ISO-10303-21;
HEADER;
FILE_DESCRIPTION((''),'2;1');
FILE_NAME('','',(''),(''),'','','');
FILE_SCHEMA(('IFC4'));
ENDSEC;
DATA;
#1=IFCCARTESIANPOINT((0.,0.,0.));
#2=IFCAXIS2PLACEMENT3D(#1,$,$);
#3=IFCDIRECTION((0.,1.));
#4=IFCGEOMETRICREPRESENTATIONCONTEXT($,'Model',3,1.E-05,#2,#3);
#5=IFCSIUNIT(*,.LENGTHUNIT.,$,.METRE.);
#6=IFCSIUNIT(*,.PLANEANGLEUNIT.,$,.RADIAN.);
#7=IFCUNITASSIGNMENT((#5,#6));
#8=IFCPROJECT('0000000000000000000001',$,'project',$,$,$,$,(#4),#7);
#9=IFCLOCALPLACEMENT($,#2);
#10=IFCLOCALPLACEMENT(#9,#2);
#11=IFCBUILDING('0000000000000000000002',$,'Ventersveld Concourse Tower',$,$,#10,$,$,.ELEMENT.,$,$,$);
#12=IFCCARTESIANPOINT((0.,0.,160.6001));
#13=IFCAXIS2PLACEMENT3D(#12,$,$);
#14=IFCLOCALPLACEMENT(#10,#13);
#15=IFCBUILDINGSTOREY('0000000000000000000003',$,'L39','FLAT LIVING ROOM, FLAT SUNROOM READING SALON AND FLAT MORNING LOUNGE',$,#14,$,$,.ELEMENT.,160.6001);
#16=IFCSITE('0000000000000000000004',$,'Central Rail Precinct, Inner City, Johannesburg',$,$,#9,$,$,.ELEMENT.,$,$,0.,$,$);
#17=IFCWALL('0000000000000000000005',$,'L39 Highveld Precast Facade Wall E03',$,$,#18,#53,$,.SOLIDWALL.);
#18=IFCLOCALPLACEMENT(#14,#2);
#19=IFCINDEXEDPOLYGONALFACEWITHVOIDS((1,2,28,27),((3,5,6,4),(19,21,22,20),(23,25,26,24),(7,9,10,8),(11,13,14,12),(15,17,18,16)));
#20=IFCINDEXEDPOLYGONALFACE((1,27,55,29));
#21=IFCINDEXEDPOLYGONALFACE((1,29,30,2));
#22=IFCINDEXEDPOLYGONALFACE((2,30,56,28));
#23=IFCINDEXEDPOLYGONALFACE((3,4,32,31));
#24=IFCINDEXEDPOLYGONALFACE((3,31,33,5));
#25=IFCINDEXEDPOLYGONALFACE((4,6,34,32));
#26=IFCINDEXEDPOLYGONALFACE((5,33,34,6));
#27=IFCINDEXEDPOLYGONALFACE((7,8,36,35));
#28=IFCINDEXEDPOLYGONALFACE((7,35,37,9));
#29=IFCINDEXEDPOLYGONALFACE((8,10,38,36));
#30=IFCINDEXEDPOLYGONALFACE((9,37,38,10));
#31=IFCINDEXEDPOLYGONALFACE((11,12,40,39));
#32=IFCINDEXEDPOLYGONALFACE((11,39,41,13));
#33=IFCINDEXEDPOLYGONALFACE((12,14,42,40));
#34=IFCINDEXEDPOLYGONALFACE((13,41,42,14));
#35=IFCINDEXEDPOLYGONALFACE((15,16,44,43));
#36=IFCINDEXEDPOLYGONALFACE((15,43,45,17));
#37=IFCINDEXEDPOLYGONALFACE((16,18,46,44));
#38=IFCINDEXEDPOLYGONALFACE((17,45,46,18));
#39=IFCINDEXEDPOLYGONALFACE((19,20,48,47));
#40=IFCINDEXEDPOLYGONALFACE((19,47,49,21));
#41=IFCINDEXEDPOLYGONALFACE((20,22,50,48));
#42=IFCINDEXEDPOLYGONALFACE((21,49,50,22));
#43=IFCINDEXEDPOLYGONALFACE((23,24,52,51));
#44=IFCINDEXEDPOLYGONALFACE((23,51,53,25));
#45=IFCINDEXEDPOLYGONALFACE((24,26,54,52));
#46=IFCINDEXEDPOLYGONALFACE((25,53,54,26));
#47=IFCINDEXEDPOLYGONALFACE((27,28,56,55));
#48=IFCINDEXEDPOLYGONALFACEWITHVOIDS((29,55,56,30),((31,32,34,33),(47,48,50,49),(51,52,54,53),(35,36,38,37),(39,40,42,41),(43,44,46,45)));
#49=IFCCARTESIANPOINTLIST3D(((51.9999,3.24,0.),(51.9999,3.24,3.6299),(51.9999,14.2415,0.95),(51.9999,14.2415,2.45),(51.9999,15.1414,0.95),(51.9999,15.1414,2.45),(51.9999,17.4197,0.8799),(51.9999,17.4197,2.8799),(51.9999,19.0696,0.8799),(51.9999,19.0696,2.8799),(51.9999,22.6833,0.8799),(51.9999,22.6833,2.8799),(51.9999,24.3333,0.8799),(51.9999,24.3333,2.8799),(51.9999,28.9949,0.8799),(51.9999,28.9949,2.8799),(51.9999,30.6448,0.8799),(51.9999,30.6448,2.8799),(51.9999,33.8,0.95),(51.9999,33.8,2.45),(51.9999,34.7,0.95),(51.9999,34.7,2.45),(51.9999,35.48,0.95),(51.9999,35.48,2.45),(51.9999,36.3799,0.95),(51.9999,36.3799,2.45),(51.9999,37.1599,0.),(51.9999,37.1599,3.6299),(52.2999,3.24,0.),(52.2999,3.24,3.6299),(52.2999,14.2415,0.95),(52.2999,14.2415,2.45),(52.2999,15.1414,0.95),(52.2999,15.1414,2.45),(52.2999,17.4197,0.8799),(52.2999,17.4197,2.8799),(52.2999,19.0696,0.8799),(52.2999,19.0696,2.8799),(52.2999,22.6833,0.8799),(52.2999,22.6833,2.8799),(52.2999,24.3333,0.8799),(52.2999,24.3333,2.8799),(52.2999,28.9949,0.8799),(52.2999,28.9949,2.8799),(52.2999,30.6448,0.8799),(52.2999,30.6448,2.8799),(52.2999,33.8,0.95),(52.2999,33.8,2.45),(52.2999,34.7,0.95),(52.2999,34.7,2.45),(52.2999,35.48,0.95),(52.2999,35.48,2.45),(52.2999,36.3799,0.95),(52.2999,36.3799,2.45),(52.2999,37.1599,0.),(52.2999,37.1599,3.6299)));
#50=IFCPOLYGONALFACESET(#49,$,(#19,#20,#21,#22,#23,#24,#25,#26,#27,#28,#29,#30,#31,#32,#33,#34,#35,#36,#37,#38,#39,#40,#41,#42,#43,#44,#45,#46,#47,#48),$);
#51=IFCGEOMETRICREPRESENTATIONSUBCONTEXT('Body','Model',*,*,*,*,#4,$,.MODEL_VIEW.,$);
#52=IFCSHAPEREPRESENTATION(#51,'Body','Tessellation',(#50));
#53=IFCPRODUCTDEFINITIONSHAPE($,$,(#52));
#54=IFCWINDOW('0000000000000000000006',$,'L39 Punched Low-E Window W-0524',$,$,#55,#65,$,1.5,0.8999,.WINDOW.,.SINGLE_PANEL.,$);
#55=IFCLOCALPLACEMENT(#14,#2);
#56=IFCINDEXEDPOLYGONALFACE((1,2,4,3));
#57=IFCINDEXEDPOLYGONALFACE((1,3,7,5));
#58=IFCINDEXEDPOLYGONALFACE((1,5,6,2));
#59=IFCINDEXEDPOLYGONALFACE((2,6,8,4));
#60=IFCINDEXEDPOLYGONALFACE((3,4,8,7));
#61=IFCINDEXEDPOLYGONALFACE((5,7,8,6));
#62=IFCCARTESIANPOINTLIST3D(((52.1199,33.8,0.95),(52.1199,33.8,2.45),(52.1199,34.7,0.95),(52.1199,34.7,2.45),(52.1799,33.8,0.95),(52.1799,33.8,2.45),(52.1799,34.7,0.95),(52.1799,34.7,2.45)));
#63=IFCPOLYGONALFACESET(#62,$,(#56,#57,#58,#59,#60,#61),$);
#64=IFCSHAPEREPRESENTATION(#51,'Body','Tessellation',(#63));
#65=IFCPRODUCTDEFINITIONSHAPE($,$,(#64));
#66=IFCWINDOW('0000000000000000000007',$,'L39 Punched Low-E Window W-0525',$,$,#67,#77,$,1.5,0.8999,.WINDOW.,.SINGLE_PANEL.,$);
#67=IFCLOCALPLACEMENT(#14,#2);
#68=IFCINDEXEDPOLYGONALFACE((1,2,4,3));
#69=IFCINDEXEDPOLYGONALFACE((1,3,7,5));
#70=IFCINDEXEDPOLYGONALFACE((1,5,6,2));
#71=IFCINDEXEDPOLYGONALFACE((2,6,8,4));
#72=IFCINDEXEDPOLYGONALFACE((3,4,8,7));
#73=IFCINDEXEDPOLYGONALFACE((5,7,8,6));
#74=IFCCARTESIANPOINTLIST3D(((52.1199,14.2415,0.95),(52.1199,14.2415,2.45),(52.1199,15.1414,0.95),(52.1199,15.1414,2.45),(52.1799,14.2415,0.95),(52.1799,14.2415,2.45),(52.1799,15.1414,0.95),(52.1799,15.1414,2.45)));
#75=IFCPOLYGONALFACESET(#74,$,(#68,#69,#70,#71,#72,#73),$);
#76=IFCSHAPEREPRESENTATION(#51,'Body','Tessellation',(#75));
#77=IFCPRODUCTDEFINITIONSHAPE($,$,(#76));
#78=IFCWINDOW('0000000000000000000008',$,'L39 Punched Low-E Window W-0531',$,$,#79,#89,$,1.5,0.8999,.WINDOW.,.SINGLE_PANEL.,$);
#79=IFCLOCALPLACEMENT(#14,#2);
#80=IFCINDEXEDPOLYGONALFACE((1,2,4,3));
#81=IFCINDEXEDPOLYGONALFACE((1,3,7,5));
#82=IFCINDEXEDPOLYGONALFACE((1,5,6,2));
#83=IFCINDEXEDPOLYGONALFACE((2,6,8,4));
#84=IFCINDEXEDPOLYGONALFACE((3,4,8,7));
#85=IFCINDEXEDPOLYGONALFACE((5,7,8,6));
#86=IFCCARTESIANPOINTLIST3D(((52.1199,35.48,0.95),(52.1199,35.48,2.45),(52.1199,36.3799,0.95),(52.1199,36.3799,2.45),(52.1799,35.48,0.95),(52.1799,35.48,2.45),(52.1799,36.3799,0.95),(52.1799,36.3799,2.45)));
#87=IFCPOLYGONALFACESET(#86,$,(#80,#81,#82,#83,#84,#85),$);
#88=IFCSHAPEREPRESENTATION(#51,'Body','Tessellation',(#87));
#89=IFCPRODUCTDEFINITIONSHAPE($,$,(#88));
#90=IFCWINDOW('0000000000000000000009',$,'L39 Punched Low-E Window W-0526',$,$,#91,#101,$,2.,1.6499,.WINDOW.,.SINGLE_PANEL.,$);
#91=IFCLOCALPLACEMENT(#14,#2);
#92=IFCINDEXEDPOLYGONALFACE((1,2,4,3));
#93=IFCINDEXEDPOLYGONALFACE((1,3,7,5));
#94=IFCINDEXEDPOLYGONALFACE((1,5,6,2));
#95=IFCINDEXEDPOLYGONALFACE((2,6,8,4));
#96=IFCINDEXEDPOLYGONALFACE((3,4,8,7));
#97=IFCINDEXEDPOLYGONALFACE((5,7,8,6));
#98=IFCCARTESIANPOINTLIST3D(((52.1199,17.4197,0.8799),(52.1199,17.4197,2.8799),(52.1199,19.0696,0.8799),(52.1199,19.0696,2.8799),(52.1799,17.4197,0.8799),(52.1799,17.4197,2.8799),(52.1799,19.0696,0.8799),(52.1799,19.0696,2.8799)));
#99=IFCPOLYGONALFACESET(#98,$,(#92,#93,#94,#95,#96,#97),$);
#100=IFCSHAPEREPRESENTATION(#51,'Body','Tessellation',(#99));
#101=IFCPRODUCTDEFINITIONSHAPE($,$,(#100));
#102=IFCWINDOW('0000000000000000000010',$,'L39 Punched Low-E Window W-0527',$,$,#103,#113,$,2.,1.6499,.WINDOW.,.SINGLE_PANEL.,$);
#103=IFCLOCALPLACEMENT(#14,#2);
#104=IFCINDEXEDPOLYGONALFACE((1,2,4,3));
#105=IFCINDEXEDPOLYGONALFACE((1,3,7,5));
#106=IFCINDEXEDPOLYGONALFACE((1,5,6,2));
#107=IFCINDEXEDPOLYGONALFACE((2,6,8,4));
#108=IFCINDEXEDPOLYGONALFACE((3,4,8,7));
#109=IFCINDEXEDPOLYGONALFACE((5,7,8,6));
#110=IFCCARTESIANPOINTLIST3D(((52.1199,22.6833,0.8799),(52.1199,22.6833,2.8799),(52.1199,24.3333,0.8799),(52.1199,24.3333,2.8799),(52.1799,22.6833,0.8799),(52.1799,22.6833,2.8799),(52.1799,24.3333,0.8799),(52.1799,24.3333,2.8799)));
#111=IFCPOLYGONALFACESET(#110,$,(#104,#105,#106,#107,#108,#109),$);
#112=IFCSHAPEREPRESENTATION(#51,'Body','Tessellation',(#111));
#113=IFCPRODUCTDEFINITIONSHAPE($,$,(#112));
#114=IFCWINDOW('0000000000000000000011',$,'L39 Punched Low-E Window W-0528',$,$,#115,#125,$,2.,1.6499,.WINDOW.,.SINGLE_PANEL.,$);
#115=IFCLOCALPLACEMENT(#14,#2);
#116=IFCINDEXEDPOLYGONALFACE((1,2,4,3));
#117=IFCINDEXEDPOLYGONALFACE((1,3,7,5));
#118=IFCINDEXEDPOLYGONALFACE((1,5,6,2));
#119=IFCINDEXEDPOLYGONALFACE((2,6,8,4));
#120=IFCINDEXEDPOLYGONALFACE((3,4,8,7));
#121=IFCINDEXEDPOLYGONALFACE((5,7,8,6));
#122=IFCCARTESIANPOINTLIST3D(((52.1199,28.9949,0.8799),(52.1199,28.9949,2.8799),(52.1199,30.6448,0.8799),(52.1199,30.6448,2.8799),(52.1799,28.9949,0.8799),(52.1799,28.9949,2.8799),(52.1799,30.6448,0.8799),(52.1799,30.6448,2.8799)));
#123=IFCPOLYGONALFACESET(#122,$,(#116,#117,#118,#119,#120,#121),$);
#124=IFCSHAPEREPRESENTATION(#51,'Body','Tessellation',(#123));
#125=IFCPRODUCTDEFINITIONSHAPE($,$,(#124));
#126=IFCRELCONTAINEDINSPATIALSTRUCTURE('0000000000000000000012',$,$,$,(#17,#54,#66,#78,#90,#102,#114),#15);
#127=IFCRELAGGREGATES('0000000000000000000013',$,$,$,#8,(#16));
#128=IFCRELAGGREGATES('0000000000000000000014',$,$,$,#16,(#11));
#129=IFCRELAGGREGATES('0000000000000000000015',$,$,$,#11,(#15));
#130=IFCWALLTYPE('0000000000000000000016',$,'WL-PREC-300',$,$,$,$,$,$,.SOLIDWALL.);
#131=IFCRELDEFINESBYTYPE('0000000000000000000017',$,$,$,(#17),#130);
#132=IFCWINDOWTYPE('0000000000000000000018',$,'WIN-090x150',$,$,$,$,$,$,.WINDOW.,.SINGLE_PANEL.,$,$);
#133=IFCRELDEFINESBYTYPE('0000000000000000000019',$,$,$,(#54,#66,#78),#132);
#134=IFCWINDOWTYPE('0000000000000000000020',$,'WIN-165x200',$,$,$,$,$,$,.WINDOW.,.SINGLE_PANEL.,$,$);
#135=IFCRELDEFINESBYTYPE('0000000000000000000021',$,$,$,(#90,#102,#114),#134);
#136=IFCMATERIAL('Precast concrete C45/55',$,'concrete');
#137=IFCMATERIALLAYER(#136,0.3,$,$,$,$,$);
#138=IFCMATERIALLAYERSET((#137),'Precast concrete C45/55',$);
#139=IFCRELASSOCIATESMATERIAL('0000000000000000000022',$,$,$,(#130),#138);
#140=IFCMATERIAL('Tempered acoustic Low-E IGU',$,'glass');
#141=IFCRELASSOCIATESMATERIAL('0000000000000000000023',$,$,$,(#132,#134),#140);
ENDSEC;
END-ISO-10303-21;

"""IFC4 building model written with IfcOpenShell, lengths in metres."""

from ifc_helpers import new_model, si_unit, direction, frame, frame_2d, origin, place, context, subcontext, project, spatial, rectangle, extrude, material, layer, layer_set, type_object, element, fill, save


model = new_model("IFC4")

# Units and contexts
model_context = context("Model", 3, precision=1e-05, world=origin(), true_north=direction((0.0, 1.0)))
body_context = subcontext(model_context, "Body", "Model", "MODEL_VIEW")
ifc_project = project(units=[si_unit("LENGTHUNIT", "METRE"), si_unit("PLANEANGLEUNIT", "RADIAN")], contexts=[model_context])

# Site, building, storey
site_placement = place(None, origin())
site = spatial("IfcSite", under=ifc_project, at=site_placement, Name="Central Rail Precinct, Inner City, Johannesburg", CompositionType="ELEMENT", RefElevation=0.0)
building_placement = place(site_placement, origin())
building = spatial("IfcBuilding", under=site, at=building_placement, Name="Ventersveld Concourse Tower", CompositionType="ELEMENT")
storey_placement = place(building_placement, frame((0.0, 0.0, 160.6001)))
storey = spatial("IfcBuildingStorey", under=building, at=storey_placement, Name="L39", Description="FLAT LIVING ROOM, FLAT SUNROOM READING SALON AND FLAT MORNING LOUNGE", CompositionType="ELEMENT", Elevation=160.6001)

# Shared definitions
ifc_material_1 = material(Name="Precast concrete C45/55", Category="concrete")
ifc_layer_1 = layer(ifc_material_1, 0.3)
ifc_layer_set_1 = layer_set([ifc_layer_1], Name="Precast concrete C45/55")
wall_type_1 = type_object("IfcWallType", Name="WL-PREC-300", PredefinedType="SOLIDWALL", material=ifc_layer_set_1)

# Wall, openings, windows
wall_1_placement = place(storey_placement, frame((52.1499, 3.24, 0.0), z_axis=(0.0, 0.0, 1.0), x_axis=(0.0, 1.0, 0.0)))
wall_1 = element("IfcWall", 1, at=wall_1_placement, inside=storey, type_object=wall_type_1, Name="L39 Highveld Precast Facade Wall E03", PredefinedType="SOLIDWALL", context=body_context, shape_type="SweptSolid", body=[
    extrude(rectangle(XDim=33.9199, YDim=0.3, at=frame_2d((16.96, 0.0))), origin(), (0.0, 0.0, 1.0), 3.6299),
])
opening_1_placement = place(wall_1_placement, frame((30.5601, 0.0, 0.95)))
opening_1 = element("IfcOpeningElement", 2, at=opening_1_placement, cuts=wall_1, PredefinedType="OPENING", context=body_context, shape_type="SweptSolid", body=[
    extrude(rectangle(XDim=0.8999, YDim=1.5, at=frame_2d((0.45, 0.75))), frame((0.0, 0.1602, 0.0), z_axis=(0.0, -1.0, 0.0), x_axis=(1.0, 0.0, 0.0)), (0.0, 0.0, 1.0), 0.3201),
])
opening_2_placement = place(wall_1_placement, frame((11.0015, 0.0, 0.95)))
opening_2 = element("IfcOpeningElement", 3, at=opening_2_placement, cuts=wall_1, PredefinedType="OPENING", context=body_context, shape_type="SweptSolid", body=[
    extrude(rectangle(XDim=0.8999, YDim=1.5, at=frame_2d((0.45, 0.75))), frame((0.0, 0.1602, 0.0), z_axis=(0.0, -1.0, 0.0), x_axis=(1.0, 0.0, 0.0)), (0.0, 0.0, 1.0), 0.3201),
])
opening_3_placement = place(wall_1_placement, frame((14.1797, 0.0, 0.8799)))
opening_3 = element("IfcOpeningElement", 4, at=opening_3_placement, cuts=wall_1, PredefinedType="OPENING", context=body_context, shape_type="SweptSolid", body=[
    extrude(rectangle(XDim=1.6499, YDim=2.0, at=frame_2d((0.825, 1.0))), frame((0.0, 0.1602, 0.0), z_axis=(0.0, -1.0, 0.0), x_axis=(1.0, 0.0, 0.0)), (0.0, 0.0, 1.0), 0.3201),
])
opening_4_placement = place(wall_1_placement, frame((19.4434, 0.0, 0.8799)))
opening_4 = element("IfcOpeningElement", 5, at=opening_4_placement, cuts=wall_1, PredefinedType="OPENING", context=body_context, shape_type="SweptSolid", body=[
    extrude(rectangle(XDim=1.6499, YDim=2.0, at=frame_2d((0.825, 1.0))), frame((0.0, 0.1602, 0.0), z_axis=(0.0, -1.0, 0.0), x_axis=(1.0, 0.0, 0.0)), (0.0, 0.0, 1.0), 0.3201),
])
opening_5_placement = place(wall_1_placement, frame((25.7549, 0.0, 0.8799)))
opening_5 = element("IfcOpeningElement", 6, at=opening_5_placement, cuts=wall_1, PredefinedType="OPENING", context=body_context, shape_type="SweptSolid", body=[
    extrude(rectangle(XDim=1.6499, YDim=2.0, at=frame_2d((0.825, 1.0))), frame((0.0, 0.1602, 0.0), z_axis=(0.0, -1.0, 0.0), x_axis=(1.0, 0.0, 0.0)), (0.0, 0.0, 1.0), 0.3201),
])
opening_6_placement = place(wall_1_placement, frame((32.24, 0.0, 0.95)))
opening_6 = element("IfcOpeningElement", 7, at=opening_6_placement, cuts=wall_1, PredefinedType="OPENING", context=body_context, shape_type="SweptSolid", body=[
    extrude(rectangle(XDim=0.8999, YDim=1.5, at=frame_2d((0.45, 0.75))), frame((0.0, 0.1602, 0.0), z_axis=(0.0, -1.0, 0.0), x_axis=(1.0, 0.0, 0.0)), (0.0, 0.0, 1.0), 0.3201),
])
ifc_material_2 = material(Name="Tempered acoustic Low-E IGU", Category="glass")
window_type_1 = type_object("IfcWindowType", Name="WIN-090x150", PartitioningType="SINGLE_PANEL", PredefinedType="WINDOW", material=ifc_material_2)
window_1_placement = place(opening_1_placement, origin())
window_1 = element("IfcWindow", 8, at=window_1_placement, inside=storey, type_object=window_type_1, Name="L39 Punched Low-E Window W-0524", OverallHeight=1.5, OverallWidth=0.8999, PartitioningType="SINGLE_PANEL", PredefinedType="WINDOW", context=body_context, shape_type="SweptSolid", body=[
    extrude(rectangle(XDim=0.8999, YDim=1.5, at=frame_2d((0.45, 0.75))), frame((0.0, 0.03, 0.0), z_axis=(0.0, -1.0, 0.0), x_axis=(1.0, 0.0, 0.0)), (0.0, 0.0, 1.0), 0.0601),
])
fill(opening_1, window_1)
window_2_placement = place(opening_2_placement, origin())
window_2 = element("IfcWindow", 9, at=window_2_placement, inside=storey, type_object=window_type_1, Name="L39 Punched Low-E Window W-0525", OverallHeight=1.5, OverallWidth=0.8999, PartitioningType="SINGLE_PANEL", PredefinedType="WINDOW", context=body_context, shape_type="SweptSolid", body=[
    extrude(rectangle(XDim=0.8999, YDim=1.5, at=frame_2d((0.45, 0.75))), frame((0.0, 0.03, 0.0), z_axis=(0.0, -1.0, 0.0), x_axis=(1.0, 0.0, 0.0)), (0.0, 0.0, 1.0), 0.0601),
])
fill(opening_2, window_2)
window_3_placement = place(opening_6_placement, origin())
window_3 = element("IfcWindow", 10, at=window_3_placement, inside=storey, type_object=window_type_1, Name="L39 Punched Low-E Window W-0531", OverallHeight=1.5, OverallWidth=0.8999, PartitioningType="SINGLE_PANEL", PredefinedType="WINDOW", context=body_context, shape_type="SweptSolid", body=[
    extrude(rectangle(XDim=0.8999, YDim=1.5, at=frame_2d((0.45, 0.75))), frame((0.0, 0.03, 0.0), z_axis=(0.0, -1.0, 0.0), x_axis=(1.0, 0.0, 0.0)), (0.0, 0.0, 1.0), 0.0601),
])
fill(opening_6, window_3)
window_type_2 = type_object("IfcWindowType", Name="WIN-165x200", PartitioningType="SINGLE_PANEL", PredefinedType="WINDOW", material=ifc_material_2)
window_4_placement = place(opening_3_placement, origin())
window_4 = element("IfcWindow", 11, at=window_4_placement, inside=storey, type_object=window_type_2, Name="L39 Punched Low-E Window W-0526", OverallHeight=2.0, OverallWidth=1.6499, PartitioningType="SINGLE_PANEL", PredefinedType="WINDOW", context=body_context, shape_type="SweptSolid", body=[
    extrude(rectangle(XDim=1.6499, YDim=2.0, at=frame_2d((0.825, 1.0))), frame((0.0, 0.03, 0.0), z_axis=(0.0, -1.0, 0.0), x_axis=(1.0, 0.0, 0.0)), (0.0, 0.0, 1.0), 0.0601),
])
fill(opening_3, window_4)
window_5_placement = place(opening_4_placement, origin())
window_5 = element("IfcWindow", 12, at=window_5_placement, inside=storey, type_object=window_type_2, Name="L39 Punched Low-E Window W-0527", OverallHeight=2.0, OverallWidth=1.6499, PartitioningType="SINGLE_PANEL", PredefinedType="WINDOW", context=body_context, shape_type="SweptSolid", body=[
    extrude(rectangle(XDim=1.6499, YDim=2.0, at=frame_2d((0.825, 1.0))), frame((0.0, 0.03, 0.0), z_axis=(0.0, -1.0, 0.0), x_axis=(1.0, 0.0, 0.0)), (0.0, 0.0, 1.0), 0.0601),
])
fill(opening_4, window_5)
window_6_placement = place(opening_5_placement, origin())
window_6 = element("IfcWindow", 13, at=window_6_placement, inside=storey, type_object=window_type_2, Name="L39 Punched Low-E Window W-0528", OverallHeight=2.0, OverallWidth=1.6499, PartitioningType="SINGLE_PANEL", PredefinedType="WINDOW", context=body_context, shape_type="SweptSolid", body=[
    extrude(rectangle(XDim=1.6499, YDim=2.0, at=frame_2d((0.825, 1.0))), frame((0.0, 0.03, 0.0), z_axis=(0.0, -1.0, 0.0), x_axis=(1.0, 0.0, 0.0)), (0.0, 0.0, 1.0), 0.0601),
])
fill(opening_5, window_6)

save(model, "model.ifc")
